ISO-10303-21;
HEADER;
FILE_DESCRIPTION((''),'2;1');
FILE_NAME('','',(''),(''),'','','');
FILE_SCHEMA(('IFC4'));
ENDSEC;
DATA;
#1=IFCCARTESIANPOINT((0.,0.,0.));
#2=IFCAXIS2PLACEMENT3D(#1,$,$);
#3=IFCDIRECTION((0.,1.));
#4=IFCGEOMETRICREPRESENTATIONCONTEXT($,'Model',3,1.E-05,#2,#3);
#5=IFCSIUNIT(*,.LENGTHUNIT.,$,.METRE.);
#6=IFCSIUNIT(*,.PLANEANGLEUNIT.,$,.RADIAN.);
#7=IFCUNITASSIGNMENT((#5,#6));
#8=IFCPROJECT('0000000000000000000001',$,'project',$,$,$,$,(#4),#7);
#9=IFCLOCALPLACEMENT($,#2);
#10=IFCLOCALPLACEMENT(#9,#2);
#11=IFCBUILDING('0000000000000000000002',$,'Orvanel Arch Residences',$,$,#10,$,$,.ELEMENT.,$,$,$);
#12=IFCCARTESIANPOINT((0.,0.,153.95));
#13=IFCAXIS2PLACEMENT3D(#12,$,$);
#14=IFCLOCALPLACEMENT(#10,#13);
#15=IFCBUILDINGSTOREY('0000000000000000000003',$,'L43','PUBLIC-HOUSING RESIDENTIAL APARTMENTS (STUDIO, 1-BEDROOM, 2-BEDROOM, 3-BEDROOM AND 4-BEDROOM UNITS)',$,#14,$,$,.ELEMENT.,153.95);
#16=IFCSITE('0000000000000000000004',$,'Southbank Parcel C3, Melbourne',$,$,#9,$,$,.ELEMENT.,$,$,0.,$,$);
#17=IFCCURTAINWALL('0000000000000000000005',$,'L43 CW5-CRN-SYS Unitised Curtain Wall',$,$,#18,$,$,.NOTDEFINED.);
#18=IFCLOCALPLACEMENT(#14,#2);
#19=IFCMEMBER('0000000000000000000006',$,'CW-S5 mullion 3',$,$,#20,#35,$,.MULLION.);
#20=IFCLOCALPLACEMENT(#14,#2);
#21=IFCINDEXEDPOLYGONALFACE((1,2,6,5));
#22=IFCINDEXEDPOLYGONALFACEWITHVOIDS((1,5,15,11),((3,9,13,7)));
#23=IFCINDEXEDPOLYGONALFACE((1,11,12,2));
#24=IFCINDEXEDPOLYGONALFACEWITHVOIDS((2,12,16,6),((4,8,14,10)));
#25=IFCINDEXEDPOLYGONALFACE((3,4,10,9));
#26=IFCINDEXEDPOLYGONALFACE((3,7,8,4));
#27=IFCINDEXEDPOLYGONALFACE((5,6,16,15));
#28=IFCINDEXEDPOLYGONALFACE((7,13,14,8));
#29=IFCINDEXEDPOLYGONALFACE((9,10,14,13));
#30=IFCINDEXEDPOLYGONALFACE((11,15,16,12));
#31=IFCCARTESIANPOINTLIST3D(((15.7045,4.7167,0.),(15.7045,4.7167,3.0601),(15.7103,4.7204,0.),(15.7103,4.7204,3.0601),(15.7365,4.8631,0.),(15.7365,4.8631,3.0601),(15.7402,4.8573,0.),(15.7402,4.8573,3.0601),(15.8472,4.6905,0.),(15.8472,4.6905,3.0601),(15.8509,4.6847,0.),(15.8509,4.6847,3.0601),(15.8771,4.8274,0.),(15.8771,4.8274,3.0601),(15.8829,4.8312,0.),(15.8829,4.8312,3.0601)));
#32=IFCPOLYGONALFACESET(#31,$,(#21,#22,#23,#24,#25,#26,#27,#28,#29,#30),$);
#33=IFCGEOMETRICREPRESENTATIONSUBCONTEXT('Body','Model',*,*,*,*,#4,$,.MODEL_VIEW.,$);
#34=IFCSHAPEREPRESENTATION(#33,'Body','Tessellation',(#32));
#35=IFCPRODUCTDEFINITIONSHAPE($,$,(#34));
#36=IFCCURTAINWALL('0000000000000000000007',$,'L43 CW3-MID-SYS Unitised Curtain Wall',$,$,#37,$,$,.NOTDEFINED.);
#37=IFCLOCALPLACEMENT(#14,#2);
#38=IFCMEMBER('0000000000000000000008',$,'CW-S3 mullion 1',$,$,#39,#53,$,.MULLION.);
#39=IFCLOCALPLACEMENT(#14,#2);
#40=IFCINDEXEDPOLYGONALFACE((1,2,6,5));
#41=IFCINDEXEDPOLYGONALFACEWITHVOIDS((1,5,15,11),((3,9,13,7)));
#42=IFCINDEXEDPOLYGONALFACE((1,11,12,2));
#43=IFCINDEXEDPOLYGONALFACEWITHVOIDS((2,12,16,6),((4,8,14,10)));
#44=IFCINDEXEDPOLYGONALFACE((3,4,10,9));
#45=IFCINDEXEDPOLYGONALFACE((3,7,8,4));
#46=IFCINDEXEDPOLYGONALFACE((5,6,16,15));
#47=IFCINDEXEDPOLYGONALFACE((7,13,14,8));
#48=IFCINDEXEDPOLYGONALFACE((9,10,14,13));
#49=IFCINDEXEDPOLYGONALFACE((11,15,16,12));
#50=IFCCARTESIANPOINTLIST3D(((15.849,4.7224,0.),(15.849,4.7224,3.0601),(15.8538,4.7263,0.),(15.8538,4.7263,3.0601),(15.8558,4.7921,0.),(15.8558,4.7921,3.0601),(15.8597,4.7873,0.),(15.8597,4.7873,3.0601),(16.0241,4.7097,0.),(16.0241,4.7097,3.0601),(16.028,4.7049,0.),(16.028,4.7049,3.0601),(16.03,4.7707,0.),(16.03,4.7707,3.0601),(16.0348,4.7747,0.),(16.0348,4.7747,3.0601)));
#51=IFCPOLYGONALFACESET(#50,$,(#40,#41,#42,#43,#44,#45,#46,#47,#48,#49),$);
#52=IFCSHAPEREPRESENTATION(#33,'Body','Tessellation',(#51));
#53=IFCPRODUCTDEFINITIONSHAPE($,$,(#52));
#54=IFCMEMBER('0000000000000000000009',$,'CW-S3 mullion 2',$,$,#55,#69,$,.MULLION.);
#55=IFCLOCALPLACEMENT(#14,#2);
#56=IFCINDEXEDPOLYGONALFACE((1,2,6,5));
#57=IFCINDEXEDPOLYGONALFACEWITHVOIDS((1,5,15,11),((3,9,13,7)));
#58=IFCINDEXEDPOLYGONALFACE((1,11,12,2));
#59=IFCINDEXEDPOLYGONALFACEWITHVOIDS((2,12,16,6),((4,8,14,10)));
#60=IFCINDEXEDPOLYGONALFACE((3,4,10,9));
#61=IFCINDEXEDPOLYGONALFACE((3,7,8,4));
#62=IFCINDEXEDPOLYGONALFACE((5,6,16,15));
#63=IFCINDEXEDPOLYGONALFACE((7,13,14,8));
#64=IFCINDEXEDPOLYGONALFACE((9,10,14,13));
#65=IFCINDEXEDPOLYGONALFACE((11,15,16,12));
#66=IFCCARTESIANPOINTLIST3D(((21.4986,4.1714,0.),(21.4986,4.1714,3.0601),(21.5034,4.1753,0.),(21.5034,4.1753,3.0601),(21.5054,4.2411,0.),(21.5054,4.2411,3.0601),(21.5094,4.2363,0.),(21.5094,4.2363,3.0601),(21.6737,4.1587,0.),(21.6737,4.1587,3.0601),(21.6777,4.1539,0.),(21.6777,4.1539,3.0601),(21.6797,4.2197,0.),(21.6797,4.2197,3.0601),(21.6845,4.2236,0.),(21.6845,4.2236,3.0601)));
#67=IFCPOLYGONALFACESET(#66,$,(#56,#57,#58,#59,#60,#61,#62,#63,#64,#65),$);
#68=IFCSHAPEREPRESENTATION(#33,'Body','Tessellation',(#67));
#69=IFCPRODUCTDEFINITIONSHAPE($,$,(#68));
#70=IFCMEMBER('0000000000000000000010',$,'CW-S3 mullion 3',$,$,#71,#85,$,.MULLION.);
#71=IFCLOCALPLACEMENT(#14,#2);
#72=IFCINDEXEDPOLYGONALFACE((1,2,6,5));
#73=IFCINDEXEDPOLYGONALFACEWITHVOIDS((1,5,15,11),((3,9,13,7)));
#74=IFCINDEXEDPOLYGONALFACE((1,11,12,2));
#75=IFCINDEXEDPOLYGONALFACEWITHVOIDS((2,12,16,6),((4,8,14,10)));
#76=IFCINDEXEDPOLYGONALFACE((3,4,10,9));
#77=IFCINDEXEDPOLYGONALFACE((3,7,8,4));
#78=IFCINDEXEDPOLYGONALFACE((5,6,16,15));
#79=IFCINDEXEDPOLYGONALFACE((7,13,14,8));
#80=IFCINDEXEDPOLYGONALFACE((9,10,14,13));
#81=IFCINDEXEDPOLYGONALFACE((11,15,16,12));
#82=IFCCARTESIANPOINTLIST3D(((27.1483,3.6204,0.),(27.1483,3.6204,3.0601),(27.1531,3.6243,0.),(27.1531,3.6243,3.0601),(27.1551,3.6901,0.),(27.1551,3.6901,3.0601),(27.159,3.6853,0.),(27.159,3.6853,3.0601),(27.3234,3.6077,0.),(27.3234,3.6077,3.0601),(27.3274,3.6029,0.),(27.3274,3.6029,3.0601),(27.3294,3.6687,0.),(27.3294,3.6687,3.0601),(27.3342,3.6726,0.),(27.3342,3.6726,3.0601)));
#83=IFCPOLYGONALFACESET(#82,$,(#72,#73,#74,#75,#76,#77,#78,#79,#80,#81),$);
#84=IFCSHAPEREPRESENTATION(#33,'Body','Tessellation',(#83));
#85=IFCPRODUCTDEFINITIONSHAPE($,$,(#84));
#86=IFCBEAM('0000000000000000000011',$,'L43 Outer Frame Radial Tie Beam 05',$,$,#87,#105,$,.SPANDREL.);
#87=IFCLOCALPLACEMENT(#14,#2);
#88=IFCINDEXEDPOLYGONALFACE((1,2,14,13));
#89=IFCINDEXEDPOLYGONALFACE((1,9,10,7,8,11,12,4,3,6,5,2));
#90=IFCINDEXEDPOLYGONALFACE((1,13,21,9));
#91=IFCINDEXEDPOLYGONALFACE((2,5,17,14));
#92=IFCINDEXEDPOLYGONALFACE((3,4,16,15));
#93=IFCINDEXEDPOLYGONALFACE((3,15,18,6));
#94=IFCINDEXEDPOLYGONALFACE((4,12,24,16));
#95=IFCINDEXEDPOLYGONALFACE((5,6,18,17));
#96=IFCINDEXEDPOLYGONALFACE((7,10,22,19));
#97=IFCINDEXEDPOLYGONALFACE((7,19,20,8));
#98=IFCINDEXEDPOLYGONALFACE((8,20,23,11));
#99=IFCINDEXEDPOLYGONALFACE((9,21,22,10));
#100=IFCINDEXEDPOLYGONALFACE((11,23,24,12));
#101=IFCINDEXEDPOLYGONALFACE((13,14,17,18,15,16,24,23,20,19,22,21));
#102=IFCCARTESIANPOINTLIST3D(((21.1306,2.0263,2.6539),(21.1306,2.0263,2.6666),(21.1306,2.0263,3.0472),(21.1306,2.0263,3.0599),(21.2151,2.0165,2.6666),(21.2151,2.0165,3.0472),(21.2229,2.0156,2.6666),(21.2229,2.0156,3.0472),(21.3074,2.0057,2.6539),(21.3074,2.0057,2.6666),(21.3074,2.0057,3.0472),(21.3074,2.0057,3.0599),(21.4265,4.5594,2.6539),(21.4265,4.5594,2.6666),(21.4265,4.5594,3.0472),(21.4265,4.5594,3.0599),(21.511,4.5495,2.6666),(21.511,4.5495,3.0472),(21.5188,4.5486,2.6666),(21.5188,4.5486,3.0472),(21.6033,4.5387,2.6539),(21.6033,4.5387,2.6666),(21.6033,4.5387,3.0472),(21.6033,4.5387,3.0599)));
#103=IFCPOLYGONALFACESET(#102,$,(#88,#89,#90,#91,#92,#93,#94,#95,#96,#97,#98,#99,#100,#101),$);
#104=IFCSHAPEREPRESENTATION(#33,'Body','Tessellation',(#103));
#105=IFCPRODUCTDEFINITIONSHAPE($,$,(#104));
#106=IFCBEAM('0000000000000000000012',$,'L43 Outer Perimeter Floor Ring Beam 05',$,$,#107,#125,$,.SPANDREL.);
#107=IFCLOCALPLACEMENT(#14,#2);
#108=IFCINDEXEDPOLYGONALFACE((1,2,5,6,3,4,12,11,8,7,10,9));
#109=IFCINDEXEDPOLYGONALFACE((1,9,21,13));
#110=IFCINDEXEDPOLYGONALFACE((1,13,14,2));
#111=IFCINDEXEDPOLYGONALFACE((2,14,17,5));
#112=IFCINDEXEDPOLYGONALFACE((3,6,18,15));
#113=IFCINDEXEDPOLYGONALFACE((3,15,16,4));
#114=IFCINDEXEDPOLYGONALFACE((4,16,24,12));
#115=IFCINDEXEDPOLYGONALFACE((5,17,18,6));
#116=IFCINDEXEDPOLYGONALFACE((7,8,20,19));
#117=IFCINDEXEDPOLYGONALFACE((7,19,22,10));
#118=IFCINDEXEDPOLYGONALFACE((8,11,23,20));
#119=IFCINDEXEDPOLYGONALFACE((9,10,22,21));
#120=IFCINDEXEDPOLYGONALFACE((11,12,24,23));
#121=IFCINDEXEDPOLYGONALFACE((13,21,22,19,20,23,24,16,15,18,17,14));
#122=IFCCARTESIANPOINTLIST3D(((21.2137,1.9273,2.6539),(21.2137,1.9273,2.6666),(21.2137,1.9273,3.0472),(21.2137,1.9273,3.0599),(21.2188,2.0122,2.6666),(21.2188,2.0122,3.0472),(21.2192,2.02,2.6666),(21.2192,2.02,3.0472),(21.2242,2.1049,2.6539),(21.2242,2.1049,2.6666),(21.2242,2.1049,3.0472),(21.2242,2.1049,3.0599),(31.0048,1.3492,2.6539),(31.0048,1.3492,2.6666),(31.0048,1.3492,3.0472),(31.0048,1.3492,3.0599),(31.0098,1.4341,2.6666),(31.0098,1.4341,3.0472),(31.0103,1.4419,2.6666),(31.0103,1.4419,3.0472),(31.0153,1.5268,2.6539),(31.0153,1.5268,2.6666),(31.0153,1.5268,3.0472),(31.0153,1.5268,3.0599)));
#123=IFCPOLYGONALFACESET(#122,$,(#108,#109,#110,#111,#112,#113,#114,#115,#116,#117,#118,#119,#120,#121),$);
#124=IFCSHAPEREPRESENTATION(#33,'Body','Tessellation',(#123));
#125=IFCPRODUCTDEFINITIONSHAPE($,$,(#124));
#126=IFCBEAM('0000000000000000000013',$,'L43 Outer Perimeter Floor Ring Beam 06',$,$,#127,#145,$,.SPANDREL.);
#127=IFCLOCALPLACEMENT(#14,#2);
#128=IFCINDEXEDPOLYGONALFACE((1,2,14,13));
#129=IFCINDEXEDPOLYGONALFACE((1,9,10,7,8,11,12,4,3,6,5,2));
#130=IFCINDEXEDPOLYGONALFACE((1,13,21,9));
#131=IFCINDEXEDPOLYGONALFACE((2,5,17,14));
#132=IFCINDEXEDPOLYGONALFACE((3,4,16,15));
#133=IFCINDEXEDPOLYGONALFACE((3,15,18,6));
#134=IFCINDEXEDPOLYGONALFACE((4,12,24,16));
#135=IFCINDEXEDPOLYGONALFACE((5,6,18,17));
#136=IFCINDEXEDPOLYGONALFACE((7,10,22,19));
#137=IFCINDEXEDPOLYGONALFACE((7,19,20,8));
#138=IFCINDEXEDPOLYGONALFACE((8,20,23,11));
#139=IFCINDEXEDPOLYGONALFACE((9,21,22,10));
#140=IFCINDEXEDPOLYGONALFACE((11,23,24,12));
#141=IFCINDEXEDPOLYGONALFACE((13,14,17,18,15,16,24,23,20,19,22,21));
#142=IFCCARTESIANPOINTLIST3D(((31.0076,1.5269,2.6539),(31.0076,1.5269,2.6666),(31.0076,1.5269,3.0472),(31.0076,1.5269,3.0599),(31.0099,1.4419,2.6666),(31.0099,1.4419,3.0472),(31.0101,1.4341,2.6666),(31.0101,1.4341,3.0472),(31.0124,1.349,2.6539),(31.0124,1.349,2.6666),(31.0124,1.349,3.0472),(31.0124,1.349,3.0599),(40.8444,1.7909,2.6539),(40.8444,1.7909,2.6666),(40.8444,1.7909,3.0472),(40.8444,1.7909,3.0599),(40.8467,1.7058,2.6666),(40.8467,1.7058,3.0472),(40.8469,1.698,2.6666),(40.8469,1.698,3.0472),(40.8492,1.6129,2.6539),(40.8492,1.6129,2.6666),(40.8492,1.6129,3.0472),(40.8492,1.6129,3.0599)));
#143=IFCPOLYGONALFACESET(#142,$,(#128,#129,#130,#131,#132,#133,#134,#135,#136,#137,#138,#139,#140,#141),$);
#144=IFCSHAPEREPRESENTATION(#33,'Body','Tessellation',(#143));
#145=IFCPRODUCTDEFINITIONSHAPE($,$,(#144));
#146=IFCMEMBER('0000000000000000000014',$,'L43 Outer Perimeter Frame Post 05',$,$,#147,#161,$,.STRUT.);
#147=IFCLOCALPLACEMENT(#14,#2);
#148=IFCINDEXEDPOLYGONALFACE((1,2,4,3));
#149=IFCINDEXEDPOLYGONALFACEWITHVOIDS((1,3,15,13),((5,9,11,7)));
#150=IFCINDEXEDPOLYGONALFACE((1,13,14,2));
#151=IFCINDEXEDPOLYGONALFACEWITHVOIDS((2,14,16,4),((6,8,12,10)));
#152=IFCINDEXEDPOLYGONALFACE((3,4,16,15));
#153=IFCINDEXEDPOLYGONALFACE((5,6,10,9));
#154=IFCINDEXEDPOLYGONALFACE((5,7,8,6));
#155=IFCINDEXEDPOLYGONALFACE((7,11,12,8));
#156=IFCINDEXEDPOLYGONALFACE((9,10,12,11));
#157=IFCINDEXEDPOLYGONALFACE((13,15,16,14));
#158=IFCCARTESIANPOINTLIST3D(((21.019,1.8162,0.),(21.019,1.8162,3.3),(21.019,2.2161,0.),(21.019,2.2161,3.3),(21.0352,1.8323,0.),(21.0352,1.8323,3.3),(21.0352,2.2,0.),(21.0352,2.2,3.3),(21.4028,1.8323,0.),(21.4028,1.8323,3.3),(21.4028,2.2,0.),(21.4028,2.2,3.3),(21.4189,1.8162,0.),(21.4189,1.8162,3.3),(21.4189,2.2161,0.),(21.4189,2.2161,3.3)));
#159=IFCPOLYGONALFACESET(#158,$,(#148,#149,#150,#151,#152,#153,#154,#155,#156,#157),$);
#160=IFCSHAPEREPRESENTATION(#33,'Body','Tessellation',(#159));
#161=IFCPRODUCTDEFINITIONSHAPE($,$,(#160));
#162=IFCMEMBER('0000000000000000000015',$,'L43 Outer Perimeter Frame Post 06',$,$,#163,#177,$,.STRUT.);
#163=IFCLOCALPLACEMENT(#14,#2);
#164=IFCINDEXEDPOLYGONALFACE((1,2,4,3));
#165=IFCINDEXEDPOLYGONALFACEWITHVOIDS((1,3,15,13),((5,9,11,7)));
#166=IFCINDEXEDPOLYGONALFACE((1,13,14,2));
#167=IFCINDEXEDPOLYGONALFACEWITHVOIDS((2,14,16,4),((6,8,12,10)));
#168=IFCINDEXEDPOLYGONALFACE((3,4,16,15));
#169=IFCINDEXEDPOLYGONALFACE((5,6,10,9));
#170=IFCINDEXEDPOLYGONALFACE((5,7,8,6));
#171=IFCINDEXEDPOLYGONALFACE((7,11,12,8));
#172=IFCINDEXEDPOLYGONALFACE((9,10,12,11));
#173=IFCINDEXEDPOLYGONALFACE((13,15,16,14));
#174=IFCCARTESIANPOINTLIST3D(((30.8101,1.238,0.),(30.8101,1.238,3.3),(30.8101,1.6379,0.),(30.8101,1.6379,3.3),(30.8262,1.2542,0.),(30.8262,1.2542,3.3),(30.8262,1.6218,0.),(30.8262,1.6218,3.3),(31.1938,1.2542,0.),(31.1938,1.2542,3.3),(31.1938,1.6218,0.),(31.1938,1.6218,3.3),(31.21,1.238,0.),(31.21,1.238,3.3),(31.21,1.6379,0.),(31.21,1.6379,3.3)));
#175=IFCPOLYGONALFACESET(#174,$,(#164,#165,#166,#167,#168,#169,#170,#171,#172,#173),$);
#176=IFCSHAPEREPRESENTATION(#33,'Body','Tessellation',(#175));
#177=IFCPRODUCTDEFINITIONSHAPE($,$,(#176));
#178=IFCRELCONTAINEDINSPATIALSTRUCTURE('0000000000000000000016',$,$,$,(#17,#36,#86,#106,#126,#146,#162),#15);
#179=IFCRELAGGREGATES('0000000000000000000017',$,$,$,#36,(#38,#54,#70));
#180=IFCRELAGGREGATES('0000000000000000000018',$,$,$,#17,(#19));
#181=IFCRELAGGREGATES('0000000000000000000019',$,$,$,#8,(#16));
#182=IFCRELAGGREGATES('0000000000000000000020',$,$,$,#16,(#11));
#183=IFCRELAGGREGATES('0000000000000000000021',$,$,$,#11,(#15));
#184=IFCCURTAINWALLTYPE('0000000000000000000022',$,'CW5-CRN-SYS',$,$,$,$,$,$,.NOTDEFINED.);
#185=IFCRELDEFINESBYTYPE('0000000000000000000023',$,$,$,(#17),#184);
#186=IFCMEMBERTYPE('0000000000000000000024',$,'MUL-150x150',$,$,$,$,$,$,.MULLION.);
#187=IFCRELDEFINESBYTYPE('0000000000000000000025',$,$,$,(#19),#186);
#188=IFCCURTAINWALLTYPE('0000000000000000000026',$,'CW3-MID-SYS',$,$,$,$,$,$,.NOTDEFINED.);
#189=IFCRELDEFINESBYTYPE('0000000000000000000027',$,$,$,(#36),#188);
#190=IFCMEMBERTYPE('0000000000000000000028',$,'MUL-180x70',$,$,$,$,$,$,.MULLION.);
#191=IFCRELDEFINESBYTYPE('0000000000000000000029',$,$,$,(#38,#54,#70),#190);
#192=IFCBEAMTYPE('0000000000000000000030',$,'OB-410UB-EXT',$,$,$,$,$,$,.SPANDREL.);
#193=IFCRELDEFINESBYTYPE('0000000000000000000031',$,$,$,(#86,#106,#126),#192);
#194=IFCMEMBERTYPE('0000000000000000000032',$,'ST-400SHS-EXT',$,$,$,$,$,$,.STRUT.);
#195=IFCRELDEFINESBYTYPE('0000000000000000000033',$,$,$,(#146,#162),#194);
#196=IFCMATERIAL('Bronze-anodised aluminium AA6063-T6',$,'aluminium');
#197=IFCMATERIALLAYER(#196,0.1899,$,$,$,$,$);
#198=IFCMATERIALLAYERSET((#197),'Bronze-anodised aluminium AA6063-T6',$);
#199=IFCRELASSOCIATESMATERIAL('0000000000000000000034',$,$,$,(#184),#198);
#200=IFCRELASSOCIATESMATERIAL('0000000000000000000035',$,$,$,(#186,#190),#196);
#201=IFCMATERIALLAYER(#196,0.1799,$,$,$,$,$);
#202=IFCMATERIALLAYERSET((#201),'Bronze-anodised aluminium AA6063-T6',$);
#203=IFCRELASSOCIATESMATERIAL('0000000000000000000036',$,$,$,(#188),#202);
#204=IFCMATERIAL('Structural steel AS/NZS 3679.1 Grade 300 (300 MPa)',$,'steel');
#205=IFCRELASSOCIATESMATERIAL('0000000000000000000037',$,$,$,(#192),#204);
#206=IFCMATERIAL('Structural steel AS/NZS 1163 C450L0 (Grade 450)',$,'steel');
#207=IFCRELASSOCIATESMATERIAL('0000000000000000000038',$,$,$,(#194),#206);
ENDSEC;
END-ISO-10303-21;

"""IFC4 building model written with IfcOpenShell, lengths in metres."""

from ifc_helpers import new_model, si_unit, direction, frame, origin, origin_2d, place, context, subcontext, project, spatial, hollow_rectangle, i_section, extrude, material, layer, layer_set, material_profile, profile_set, type_object, element, aggregate, save


model = new_model("IFC4")

# Units and contexts
model_context = context("Model", 3, precision=1e-05, world=origin(), true_north=direction((0.0, 1.0)))
body_context = subcontext(model_context, "Body", "Model", "MODEL_VIEW")
ifc_project = project(units=[si_unit("LENGTHUNIT", "METRE"), si_unit("PLANEANGLEUNIT", "RADIAN")], contexts=[model_context])

# Site, building, storey
site_placement = place(None, origin())
site = spatial("IfcSite", under=ifc_project, at=site_placement, Name="Southbank Parcel C3, Melbourne", CompositionType="ELEMENT", RefElevation=0.0)
building_placement = place(site_placement, origin())
building = spatial("IfcBuilding", under=site, at=building_placement, Name="Orvanel Arch Residences", CompositionType="ELEMENT")
storey_placement = place(building_placement, frame((0.0, 0.0, 153.95)))
storey = spatial("IfcBuildingStorey", under=building, at=storey_placement, Name="L43", Description="PUBLIC-HOUSING RESIDENTIAL APARTMENTS (STUDIO, 1-BEDROOM, 2-BEDROOM, 3-BEDROOM AND 4-BEDROOM UNITS)", CompositionType="ELEMENT", Elevation=153.95)

# Curtain wall, member
ifc_material_1 = material(Name="Bronze-anodised aluminium AA6063-T6", Category="aluminium")
ifc_layer_1 = layer(ifc_material_1, 0.1899)
ifc_layer_set_1 = layer_set([ifc_layer_1], Name="Bronze-anodised aluminium AA6063-T6")
curtain_wall_type_1 = type_object("IfcCurtainWallType", Name="CW5-CRN-SYS", PredefinedType="NOTDEFINED", material=ifc_layer_set_1)
curtain_wall_1_placement = place(storey_placement, origin())
curtain_wall_1 = element("IfcCurtainWall", 1, at=curtain_wall_1_placement, inside=storey, type_object=curtain_wall_type_1, Name="L43 CW5-CRN-SYS Unitised Curtain Wall", PredefinedType="NOTDEFINED")
ifc_material_profile_1 = material_profile(ifc_material_1, hollow_rectangle(XDim=0.1499, YDim=0.1499, WallThickness=0.0049, at=origin_2d()), Name="ALU150x150x5")
ifc_profile_set_1 = profile_set([ifc_material_profile_1], Name="Bronze-anodised aluminium AA6063-T6")
member_type_1 = type_object("IfcMemberType", Name="MUL-150x150", PredefinedType="MULLION", material=ifc_profile_set_1)
member_1_placement = place(storey_placement, frame((15.7937, 4.7739, 0.0), z_axis=(0.0, 0.0, 1.0), x_axis=(0.213294, 0.976988, 0.0)))
member_1 = element("IfcMember", 2, at=member_1_placement, type_object=member_type_1, Name="CW-S5 mullion 3", PredefinedType="MULLION", context=body_context, shape_type="SweptSolid", body=[
    extrude(hollow_rectangle(XDim=0.1499, YDim=0.1499, WallThickness=0.0049, at=origin_2d()), origin(), (0.0, 0.0, 1.0), 3.0601),
])

# Curtain wall, members
ifc_layer_2 = layer(ifc_material_1, 0.1799)
ifc_layer_set_2 = layer_set([ifc_layer_2], Name="Bronze-anodised aluminium AA6063-T6")
curtain_wall_type_2 = type_object("IfcCurtainWallType", Name="CW3-MID-SYS", PredefinedType="NOTDEFINED", material=ifc_layer_set_2)
curtain_wall_2_placement = place(storey_placement, origin())
curtain_wall_2 = element("IfcCurtainWall", 3, at=curtain_wall_2_placement, inside=storey, type_object=curtain_wall_type_2, Name="L43 CW3-MID-SYS Unitised Curtain Wall", PredefinedType="NOTDEFINED")
ifc_material_profile_2 = material_profile(ifc_material_1, hollow_rectangle(XDim=0.0701, YDim=0.1799, WallThickness=0.0044, at=origin_2d()), Name="ALU180x70x4.5")
ifc_profile_set_2 = profile_set([ifc_material_profile_2], Name="Bronze-anodised aluminium AA6063-T6")
member_type_2 = type_object("IfcMemberType", Name="MUL-180x70", PredefinedType="MULLION", material=ifc_profile_set_2)
member_2_placement = place(storey_placement, frame((15.9419, 4.7485, 0.0), z_axis=(0.0, 0.0, 1.0), x_axis=(0.097085, 0.995276, 0.0)))
member_2 = element("IfcMember", 4, at=member_2_placement, type_object=member_type_2, Name="CW-S3 mullion 1", PredefinedType="MULLION", context=body_context, shape_type="SweptSolid", body=[
    extrude(hollow_rectangle(XDim=0.0701, YDim=0.1799, WallThickness=0.0044, at=origin_2d()), origin(), (0.0, 0.0, 1.0), 3.0601),
])
member_3_placement = place(storey_placement, frame((21.5916, 4.1975, 0.0), z_axis=(0.0, 0.0, 1.0), x_axis=(0.097085, 0.995276, 0.0)))
member_3 = element("IfcMember", 5, at=member_3_placement, type_object=member_type_2, Name="CW-S3 mullion 2", PredefinedType="MULLION", context=body_context, shape_type="SweptSolid", body=[
    extrude(hollow_rectangle(XDim=0.0701, YDim=0.1799, WallThickness=0.0044, at=origin_2d()), origin(), (0.0, 0.0, 1.0), 3.0601),
])
member_4_placement = place(storey_placement, frame((27.2412, 3.6465, 0.0), z_axis=(0.0, 0.0, 1.0), x_axis=(0.097085, 0.995276, 0.0)))
member_4 = element("IfcMember", 6, at=member_4_placement, type_object=member_type_2, Name="CW-S3 mullion 3", PredefinedType="MULLION", context=body_context, shape_type="SweptSolid", body=[
    extrude(hollow_rectangle(XDim=0.0701, YDim=0.1799, WallThickness=0.0044, at=origin_2d()), origin(), (0.0, 0.0, 1.0), 3.0601),
])

# Beams
ifc_material_2 = material(Name="Structural steel AS/NZS 3679.1 Grade 300 (300 MPa)", Category="steel")
ifc_material_profile_3 = material_profile(ifc_material_2, i_section(OverallWidth=0.178, OverallDepth=0.406, WebThickness=0.0078, FlangeThickness=0.0127, at=origin_2d()), Name="410UB59.7")
ifc_profile_set_3 = profile_set([ifc_material_profile_3], Name="Structural steel AS/NZS 3679.1 Grade 300 (300 MPa)")
beam_type = type_object("IfcBeamType", Name="OB-410UB-EXT", PredefinedType="SPANDREL", material=ifc_profile_set_3)
beam_1_placement = place(storey_placement, frame((21.5149, 4.5491, 2.8569), z_axis=(-0.11603, -0.993246, 0.0), x_axis=(0.993246, -0.11603, 0.0)))
element("IfcBeam", 7, at=beam_1_placement, inside=storey, type_object=beam_type, Name="L43 Outer Frame Radial Tie Beam 05", PredefinedType="SPANDREL", context=body_context, shape_type="SweptSolid", body=[
    extrude(i_section(OverallWidth=0.178, OverallDepth=0.406, WebThickness=0.0078, FlangeThickness=0.0127, at=origin_2d()), origin(), (0.0, 0.0, 1.0), 2.5503),
])
beam_2_placement = place(storey_placement, frame((21.219, 2.0161, 2.8569), z_axis=(0.998261, -0.058944, 0.0), x_axis=(0.058944, 0.998261, 0.0)))
element("IfcBeam", 8, at=beam_2_placement, inside=storey, type_object=beam_type, Name="L43 Outer Perimeter Floor Ring Beam 05", PredefinedType="SPANDREL", context=body_context, shape_type="SweptSolid", body=[
    extrude(i_section(OverallWidth=0.178, OverallDepth=0.406, WebThickness=0.0078, FlangeThickness=0.0127, at=origin_2d()), origin(), (0.0, 0.0, 1.0), 9.8081),
])
beam_3_placement = place(storey_placement, frame((31.01, 1.438, 2.8569), z_axis=(0.99964, 0.026819, 0.0), x_axis=(-0.026819, 0.99964, 0.0)))
element("IfcBeam", 9, at=beam_3_placement, inside=storey, type_object=beam_type, Name="L43 Outer Perimeter Floor Ring Beam 06", PredefinedType="SPANDREL", context=body_context, shape_type="SweptSolid", body=[
    extrude(i_section(OverallWidth=0.178, OverallDepth=0.406, WebThickness=0.0078, FlangeThickness=0.0127, at=origin_2d()), origin(), (0.0, 0.0, 1.0), 9.8403),
])

# Members
ifc_material_3 = material(Name="Structural steel AS/NZS 1163 C450L0 (Grade 450)", Category="steel")
ifc_material_profile_4 = material_profile(ifc_material_3, hollow_rectangle(XDim=0.3999, YDim=0.3999, WallThickness=0.0161, at=origin_2d()), Name="SHS400x400x16")
ifc_profile_set_4 = profile_set([ifc_material_profile_4], Name="Structural steel AS/NZS 1163 C450L0 (Grade 450)")
member_type_3 = type_object("IfcMemberType", Name="ST-400SHS-EXT", PredefinedType="STRUT", material=ifc_profile_set_4)
for number, where, z_axis, x_axis, name in (
    (10, (21.219, 2.0161, 0.0), (0.0, 0.0, 1.0), (1.0, 0.0, 0.0), "L43 Outer Perimeter Frame Post 05"),
    (11, (31.01, 1.438, 0.0), (0.0, 0.0, 1.0), (1.0, 0.0, 0.0), "L43 Outer Perimeter Frame Post 06"),
):
    element("IfcMember", number, at=place(storey_placement, frame(where, z_axis=z_axis, x_axis=x_axis)), inside=storey, type_object=member_type_3, Name=name, PredefinedType="STRUT", context=body_context, shape_type="SweptSolid", body=[
        extrude(hollow_rectangle(XDim=0.3999, YDim=0.3999, WallThickness=0.0161, at=origin_2d()), origin(), (0.0, 0.0, 1.0), 3.3),
    ])

aggregate(curtain_wall_2, [member_2, member_3, member_4])
aggregate(curtain_wall_1, [member_1])

save(model, "model.ifc")
